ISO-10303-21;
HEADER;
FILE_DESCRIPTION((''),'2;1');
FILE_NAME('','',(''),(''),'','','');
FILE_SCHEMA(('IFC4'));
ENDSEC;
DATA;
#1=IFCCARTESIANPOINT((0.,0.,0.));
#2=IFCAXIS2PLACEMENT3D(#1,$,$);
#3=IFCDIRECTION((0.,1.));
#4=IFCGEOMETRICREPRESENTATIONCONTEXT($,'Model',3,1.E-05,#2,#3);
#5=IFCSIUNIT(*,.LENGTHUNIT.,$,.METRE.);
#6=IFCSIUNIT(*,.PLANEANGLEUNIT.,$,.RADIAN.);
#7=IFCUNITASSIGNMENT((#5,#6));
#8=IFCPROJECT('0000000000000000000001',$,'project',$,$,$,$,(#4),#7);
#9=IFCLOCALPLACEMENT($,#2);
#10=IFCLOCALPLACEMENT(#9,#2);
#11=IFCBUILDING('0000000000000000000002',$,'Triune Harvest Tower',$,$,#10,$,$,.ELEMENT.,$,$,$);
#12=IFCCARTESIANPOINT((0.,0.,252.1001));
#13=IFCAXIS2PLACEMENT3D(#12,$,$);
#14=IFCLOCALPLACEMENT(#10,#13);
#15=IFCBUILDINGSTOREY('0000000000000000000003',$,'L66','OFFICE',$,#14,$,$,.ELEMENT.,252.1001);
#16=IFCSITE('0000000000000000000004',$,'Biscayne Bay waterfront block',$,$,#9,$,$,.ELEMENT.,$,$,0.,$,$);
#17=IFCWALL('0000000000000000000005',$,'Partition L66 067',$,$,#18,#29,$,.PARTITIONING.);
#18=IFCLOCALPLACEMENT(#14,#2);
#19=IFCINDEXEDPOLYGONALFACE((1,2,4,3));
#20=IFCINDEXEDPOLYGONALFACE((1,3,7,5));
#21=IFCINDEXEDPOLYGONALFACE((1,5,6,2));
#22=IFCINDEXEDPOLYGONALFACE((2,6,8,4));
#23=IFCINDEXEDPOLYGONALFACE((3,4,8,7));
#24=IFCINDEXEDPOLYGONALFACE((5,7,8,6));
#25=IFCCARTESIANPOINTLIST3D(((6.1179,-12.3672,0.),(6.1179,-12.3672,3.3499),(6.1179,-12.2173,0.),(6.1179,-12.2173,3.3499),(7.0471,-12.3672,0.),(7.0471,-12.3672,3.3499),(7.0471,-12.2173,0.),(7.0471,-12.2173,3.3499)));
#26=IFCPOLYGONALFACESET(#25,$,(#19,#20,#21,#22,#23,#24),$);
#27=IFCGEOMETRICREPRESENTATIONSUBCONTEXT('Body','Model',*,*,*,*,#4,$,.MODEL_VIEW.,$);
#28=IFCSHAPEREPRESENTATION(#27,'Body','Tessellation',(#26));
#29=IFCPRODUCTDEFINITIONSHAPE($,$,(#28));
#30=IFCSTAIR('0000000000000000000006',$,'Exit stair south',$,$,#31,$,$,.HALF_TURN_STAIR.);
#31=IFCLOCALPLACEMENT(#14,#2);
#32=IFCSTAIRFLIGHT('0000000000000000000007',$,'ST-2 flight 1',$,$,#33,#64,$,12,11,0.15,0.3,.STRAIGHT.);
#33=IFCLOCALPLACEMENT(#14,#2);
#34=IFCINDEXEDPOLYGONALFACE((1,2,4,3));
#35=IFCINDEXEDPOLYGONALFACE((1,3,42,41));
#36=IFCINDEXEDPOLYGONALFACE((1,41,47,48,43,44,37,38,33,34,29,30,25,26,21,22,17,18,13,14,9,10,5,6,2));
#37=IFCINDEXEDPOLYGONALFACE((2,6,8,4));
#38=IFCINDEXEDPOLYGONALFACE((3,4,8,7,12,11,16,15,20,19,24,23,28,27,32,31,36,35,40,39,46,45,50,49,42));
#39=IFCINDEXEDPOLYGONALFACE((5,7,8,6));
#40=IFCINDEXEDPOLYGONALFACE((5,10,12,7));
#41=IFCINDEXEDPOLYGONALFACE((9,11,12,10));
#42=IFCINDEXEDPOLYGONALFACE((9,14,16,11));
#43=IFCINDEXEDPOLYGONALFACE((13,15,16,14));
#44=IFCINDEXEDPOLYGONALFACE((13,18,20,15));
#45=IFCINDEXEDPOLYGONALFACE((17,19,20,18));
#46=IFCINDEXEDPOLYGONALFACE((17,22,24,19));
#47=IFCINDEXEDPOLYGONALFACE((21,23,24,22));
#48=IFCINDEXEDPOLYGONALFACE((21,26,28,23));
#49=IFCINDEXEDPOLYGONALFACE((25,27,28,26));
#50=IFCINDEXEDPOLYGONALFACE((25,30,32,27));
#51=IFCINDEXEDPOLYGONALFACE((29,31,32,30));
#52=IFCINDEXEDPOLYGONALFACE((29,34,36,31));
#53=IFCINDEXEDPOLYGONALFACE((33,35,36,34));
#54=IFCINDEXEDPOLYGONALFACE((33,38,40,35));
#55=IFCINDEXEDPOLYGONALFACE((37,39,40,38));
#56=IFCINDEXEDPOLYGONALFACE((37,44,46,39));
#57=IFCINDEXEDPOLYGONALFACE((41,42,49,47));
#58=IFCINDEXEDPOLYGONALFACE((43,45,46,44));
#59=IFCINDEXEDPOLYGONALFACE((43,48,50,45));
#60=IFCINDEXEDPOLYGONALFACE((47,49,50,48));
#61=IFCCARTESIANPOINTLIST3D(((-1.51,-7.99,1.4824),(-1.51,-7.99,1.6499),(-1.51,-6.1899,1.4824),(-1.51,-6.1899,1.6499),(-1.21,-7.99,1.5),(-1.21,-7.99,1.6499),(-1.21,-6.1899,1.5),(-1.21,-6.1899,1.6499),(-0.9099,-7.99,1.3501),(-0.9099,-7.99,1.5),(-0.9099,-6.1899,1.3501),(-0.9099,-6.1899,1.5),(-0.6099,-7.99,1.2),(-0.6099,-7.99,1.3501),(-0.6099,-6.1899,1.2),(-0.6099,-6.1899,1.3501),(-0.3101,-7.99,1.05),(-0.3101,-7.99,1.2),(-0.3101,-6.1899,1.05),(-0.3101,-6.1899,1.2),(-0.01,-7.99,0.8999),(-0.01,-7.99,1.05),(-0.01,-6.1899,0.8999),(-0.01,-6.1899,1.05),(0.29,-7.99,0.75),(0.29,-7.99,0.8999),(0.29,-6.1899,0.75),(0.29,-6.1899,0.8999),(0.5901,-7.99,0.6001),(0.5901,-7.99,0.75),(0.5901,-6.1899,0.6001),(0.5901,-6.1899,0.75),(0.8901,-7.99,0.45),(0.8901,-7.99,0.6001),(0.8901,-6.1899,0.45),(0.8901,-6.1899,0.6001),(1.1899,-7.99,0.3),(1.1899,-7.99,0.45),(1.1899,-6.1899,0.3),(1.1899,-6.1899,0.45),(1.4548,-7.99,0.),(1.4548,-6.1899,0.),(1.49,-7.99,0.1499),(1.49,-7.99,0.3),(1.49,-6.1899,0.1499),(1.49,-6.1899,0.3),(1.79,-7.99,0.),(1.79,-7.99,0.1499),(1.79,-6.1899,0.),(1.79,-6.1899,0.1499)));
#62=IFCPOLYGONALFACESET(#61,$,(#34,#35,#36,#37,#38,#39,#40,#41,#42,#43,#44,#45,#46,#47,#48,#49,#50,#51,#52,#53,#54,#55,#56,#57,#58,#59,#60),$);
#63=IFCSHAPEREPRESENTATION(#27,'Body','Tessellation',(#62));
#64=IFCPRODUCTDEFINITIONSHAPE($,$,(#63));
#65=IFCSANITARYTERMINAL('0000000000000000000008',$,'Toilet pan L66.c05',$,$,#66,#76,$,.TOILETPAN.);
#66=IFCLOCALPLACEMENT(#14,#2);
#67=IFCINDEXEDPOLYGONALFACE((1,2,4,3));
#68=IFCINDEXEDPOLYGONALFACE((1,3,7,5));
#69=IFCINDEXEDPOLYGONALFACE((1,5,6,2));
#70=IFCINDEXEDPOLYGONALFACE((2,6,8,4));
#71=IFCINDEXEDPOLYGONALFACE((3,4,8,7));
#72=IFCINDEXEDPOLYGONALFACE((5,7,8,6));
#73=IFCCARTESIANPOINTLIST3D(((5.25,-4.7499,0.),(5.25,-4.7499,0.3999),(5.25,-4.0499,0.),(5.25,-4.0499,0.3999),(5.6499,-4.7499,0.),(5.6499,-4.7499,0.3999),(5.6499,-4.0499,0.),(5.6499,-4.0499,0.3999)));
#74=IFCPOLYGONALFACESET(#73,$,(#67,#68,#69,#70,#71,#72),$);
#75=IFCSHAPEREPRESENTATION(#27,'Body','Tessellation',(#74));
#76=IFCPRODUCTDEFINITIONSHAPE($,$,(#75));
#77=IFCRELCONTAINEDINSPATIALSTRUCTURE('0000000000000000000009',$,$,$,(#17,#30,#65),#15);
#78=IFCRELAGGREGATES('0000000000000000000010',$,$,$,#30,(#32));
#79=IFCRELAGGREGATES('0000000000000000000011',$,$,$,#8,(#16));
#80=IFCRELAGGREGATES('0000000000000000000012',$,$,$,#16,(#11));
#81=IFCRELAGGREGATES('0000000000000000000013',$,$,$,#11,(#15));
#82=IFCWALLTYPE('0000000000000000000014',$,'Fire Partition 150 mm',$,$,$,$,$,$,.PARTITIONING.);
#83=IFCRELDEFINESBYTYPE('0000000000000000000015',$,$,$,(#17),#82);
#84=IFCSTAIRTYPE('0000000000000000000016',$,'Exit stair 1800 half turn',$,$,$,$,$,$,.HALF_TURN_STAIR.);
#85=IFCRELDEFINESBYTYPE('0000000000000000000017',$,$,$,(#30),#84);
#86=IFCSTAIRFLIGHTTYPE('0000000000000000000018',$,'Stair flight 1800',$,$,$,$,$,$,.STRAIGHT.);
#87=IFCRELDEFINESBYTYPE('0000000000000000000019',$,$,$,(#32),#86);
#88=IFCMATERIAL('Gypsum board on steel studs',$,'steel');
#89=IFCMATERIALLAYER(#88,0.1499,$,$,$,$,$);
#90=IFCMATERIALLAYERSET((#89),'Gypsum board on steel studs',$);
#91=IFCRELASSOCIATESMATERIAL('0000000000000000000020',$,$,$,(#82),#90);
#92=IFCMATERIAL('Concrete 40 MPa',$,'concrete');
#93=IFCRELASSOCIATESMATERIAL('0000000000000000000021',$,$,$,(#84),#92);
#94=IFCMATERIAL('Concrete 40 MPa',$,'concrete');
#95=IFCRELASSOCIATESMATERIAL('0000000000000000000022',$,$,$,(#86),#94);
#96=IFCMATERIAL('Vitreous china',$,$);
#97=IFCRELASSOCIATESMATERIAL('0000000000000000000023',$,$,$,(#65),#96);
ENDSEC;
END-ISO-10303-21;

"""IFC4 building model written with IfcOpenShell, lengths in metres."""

from ifc_helpers import new_model, si_unit, direction, frame, frame_2d, origin, origin_2d, place, context, subcontext, project, spatial, polyline, rectangle, outline, extrude, source, transform, mapped, material, layer, layer_set, type_object, element, aggregate, save


model = new_model("IFC4")

# Units and contexts
model_context = context("Model", 3, precision=1e-05, world=origin(), true_north=direction((0.0, 1.0)))
body_context = subcontext(model_context, "Body", "Model", "MODEL_VIEW")
ifc_project = project(units=[si_unit("LENGTHUNIT", "METRE"), si_unit("PLANEANGLEUNIT", "RADIAN")], contexts=[model_context])

# Site, building, storey
site_placement = place(None, origin())
site = spatial("IfcSite", under=ifc_project, at=site_placement, Name="Biscayne Bay waterfront block", CompositionType="ELEMENT", RefElevation=0.0)
building_placement = place(site_placement, origin())
building = spatial("IfcBuilding", under=site, at=building_placement, Name="Triune Harvest Tower", CompositionType="ELEMENT")
storey_placement = place(building_placement, frame((0.0, 0.0, 252.1001)))
storey = spatial("IfcBuildingStorey", under=building, at=storey_placement, Name="L66", Description="OFFICE", CompositionType="ELEMENT", Elevation=252.1001)

# Shared definitions
ifc_material_1 = material(Name="Gypsum board on steel studs", Category="steel")
ifc_layer_1 = layer(ifc_material_1, 0.1499)
ifc_layer_set_1 = layer_set([ifc_layer_1], Name="Gypsum board on steel studs")
wall_type_1 = type_object("IfcWallType", Name="Fire Partition 150 mm", PredefinedType="PARTITIONING", material=ifc_layer_set_1)

# Wall
shared_shape_1 = source(origin(), body_context, "Body", "SweptSolid", [
    extrude(rectangle(XDim=0.9292, YDim=0.1499, at=frame_2d((0.4646, 0.0))), origin(), (0.0, 0.0, 1.0), 3.3499),
])
wall_1_placement = place(storey_placement, frame((6.1179, -12.2922, 0.0), z_axis=(0.0, 0.0, 1.0), x_axis=(1.0, 0.0, 0.0)))
element("IfcWall", 1, at=wall_1_placement, inside=storey, type_object=wall_type_1, Name="Partition L66 067", PredefinedType="PARTITIONING", context=body_context, shape_type="MappedRepresentation", body=[
    mapped(shared_shape_1, transform((0.0, 0.0, 0.0), scale=1.0)),
])

# Stair, stair flight
ifc_material_2 = material(Name="Concrete 40 MPa", Category="concrete")
stair_type = type_object("IfcStairType", Name="Exit stair 1800 half turn", PredefinedType="HALF_TURN_STAIR", material=ifc_material_2)
stair_placement = place(storey_placement, origin())
stair = element("IfcStair", 2, at=stair_placement, inside=storey, type_object=stair_type, Name="Exit stair south", PredefinedType="HALF_TURN_STAIR")
ifc_material_3 = material(Name="Concrete 40 MPa", Category="concrete")
stair_flight_type = type_object("IfcStairFlightType", Name="Stair flight 1800", PredefinedType="STRAIGHT", material=ifc_material_3)
shared_shape_2 = source(origin(), body_context, "Body", "SweptSolid", [
    extrude(outline(polyline([(0.0, 0.0), (0.0, 0.1499), (0.3, 0.1499), (0.3, 0.3), (0.6001, 0.3), (0.6001, 0.45), (0.8999, 0.45), (0.8999, 0.6001), (1.2, 0.6001), (1.2, 0.75), (1.5, 0.75), (1.5, 0.8999), (1.8, 0.8999), (1.8, 1.05), (2.1001, 1.05), (2.1001, 1.2), (2.3999, 1.2), (2.3999, 1.3501), (2.7, 1.3501), (2.7, 1.5), (3.0, 1.5), (3.0, 1.6499), (3.3, 1.6499), (3.3, 1.8), (3.3, 1.4824), (0.3352, 0.0), (0.0, 0.0)])), frame((0.0, 0.8999, 0.0), z_axis=(0.0, -1.0, 0.0), x_axis=(1.0, 0.0, 0.0)), (0.0, 0.0, 1.0), 1.8),
])
stair_flight_placement = place(storey_placement, frame((1.79, -7.0901, 0.0), z_axis=(0.0, 0.0, 1.0), x_axis=(-1.0, 0.0, 0.0)))
stair_flight = element("IfcStairFlight", 3, at=stair_flight_placement, type_object=stair_flight_type, Name="ST-2 flight 1", NumberOfRisers=12, NumberOfTreads=11, PredefinedType="STRAIGHT", RiserHeight=0.15, TreadLength=0.3, context=body_context, shape_type="MappedRepresentation", body=[
    mapped(shared_shape_2, transform((0.0, 0.0, 0.0), scale=1.0)),
])
aggregate(stair, [stair_flight])

# Sanitary terminal
ifc_material_4 = material(Name="Vitreous china")
shared_shape_3 = source(origin(), body_context, "Body", "SweptSolid", [
    extrude(rectangle(XDim=0.3999, YDim=0.7, at=origin_2d()), origin(), (0.0, 0.0, 1.0), 0.3999),
])
sanitary_terminal_placement = place(storey_placement, frame((5.45, -4.3999, 0.0), z_axis=(0.0, 0.0, 1.0), x_axis=(1.0, 0.0, 0.0)))
element("IfcSanitaryTerminal", 4, at=sanitary_terminal_placement, inside=storey, material=ifc_material_4, Name="Toilet pan L66.c05", PredefinedType="TOILETPAN", context=body_context, shape_type="MappedRepresentation", body=[
    mapped(shared_shape_3, transform((0.0, 0.0, 0.0), scale=1.0)),
])

save(model, "model.ifc")
